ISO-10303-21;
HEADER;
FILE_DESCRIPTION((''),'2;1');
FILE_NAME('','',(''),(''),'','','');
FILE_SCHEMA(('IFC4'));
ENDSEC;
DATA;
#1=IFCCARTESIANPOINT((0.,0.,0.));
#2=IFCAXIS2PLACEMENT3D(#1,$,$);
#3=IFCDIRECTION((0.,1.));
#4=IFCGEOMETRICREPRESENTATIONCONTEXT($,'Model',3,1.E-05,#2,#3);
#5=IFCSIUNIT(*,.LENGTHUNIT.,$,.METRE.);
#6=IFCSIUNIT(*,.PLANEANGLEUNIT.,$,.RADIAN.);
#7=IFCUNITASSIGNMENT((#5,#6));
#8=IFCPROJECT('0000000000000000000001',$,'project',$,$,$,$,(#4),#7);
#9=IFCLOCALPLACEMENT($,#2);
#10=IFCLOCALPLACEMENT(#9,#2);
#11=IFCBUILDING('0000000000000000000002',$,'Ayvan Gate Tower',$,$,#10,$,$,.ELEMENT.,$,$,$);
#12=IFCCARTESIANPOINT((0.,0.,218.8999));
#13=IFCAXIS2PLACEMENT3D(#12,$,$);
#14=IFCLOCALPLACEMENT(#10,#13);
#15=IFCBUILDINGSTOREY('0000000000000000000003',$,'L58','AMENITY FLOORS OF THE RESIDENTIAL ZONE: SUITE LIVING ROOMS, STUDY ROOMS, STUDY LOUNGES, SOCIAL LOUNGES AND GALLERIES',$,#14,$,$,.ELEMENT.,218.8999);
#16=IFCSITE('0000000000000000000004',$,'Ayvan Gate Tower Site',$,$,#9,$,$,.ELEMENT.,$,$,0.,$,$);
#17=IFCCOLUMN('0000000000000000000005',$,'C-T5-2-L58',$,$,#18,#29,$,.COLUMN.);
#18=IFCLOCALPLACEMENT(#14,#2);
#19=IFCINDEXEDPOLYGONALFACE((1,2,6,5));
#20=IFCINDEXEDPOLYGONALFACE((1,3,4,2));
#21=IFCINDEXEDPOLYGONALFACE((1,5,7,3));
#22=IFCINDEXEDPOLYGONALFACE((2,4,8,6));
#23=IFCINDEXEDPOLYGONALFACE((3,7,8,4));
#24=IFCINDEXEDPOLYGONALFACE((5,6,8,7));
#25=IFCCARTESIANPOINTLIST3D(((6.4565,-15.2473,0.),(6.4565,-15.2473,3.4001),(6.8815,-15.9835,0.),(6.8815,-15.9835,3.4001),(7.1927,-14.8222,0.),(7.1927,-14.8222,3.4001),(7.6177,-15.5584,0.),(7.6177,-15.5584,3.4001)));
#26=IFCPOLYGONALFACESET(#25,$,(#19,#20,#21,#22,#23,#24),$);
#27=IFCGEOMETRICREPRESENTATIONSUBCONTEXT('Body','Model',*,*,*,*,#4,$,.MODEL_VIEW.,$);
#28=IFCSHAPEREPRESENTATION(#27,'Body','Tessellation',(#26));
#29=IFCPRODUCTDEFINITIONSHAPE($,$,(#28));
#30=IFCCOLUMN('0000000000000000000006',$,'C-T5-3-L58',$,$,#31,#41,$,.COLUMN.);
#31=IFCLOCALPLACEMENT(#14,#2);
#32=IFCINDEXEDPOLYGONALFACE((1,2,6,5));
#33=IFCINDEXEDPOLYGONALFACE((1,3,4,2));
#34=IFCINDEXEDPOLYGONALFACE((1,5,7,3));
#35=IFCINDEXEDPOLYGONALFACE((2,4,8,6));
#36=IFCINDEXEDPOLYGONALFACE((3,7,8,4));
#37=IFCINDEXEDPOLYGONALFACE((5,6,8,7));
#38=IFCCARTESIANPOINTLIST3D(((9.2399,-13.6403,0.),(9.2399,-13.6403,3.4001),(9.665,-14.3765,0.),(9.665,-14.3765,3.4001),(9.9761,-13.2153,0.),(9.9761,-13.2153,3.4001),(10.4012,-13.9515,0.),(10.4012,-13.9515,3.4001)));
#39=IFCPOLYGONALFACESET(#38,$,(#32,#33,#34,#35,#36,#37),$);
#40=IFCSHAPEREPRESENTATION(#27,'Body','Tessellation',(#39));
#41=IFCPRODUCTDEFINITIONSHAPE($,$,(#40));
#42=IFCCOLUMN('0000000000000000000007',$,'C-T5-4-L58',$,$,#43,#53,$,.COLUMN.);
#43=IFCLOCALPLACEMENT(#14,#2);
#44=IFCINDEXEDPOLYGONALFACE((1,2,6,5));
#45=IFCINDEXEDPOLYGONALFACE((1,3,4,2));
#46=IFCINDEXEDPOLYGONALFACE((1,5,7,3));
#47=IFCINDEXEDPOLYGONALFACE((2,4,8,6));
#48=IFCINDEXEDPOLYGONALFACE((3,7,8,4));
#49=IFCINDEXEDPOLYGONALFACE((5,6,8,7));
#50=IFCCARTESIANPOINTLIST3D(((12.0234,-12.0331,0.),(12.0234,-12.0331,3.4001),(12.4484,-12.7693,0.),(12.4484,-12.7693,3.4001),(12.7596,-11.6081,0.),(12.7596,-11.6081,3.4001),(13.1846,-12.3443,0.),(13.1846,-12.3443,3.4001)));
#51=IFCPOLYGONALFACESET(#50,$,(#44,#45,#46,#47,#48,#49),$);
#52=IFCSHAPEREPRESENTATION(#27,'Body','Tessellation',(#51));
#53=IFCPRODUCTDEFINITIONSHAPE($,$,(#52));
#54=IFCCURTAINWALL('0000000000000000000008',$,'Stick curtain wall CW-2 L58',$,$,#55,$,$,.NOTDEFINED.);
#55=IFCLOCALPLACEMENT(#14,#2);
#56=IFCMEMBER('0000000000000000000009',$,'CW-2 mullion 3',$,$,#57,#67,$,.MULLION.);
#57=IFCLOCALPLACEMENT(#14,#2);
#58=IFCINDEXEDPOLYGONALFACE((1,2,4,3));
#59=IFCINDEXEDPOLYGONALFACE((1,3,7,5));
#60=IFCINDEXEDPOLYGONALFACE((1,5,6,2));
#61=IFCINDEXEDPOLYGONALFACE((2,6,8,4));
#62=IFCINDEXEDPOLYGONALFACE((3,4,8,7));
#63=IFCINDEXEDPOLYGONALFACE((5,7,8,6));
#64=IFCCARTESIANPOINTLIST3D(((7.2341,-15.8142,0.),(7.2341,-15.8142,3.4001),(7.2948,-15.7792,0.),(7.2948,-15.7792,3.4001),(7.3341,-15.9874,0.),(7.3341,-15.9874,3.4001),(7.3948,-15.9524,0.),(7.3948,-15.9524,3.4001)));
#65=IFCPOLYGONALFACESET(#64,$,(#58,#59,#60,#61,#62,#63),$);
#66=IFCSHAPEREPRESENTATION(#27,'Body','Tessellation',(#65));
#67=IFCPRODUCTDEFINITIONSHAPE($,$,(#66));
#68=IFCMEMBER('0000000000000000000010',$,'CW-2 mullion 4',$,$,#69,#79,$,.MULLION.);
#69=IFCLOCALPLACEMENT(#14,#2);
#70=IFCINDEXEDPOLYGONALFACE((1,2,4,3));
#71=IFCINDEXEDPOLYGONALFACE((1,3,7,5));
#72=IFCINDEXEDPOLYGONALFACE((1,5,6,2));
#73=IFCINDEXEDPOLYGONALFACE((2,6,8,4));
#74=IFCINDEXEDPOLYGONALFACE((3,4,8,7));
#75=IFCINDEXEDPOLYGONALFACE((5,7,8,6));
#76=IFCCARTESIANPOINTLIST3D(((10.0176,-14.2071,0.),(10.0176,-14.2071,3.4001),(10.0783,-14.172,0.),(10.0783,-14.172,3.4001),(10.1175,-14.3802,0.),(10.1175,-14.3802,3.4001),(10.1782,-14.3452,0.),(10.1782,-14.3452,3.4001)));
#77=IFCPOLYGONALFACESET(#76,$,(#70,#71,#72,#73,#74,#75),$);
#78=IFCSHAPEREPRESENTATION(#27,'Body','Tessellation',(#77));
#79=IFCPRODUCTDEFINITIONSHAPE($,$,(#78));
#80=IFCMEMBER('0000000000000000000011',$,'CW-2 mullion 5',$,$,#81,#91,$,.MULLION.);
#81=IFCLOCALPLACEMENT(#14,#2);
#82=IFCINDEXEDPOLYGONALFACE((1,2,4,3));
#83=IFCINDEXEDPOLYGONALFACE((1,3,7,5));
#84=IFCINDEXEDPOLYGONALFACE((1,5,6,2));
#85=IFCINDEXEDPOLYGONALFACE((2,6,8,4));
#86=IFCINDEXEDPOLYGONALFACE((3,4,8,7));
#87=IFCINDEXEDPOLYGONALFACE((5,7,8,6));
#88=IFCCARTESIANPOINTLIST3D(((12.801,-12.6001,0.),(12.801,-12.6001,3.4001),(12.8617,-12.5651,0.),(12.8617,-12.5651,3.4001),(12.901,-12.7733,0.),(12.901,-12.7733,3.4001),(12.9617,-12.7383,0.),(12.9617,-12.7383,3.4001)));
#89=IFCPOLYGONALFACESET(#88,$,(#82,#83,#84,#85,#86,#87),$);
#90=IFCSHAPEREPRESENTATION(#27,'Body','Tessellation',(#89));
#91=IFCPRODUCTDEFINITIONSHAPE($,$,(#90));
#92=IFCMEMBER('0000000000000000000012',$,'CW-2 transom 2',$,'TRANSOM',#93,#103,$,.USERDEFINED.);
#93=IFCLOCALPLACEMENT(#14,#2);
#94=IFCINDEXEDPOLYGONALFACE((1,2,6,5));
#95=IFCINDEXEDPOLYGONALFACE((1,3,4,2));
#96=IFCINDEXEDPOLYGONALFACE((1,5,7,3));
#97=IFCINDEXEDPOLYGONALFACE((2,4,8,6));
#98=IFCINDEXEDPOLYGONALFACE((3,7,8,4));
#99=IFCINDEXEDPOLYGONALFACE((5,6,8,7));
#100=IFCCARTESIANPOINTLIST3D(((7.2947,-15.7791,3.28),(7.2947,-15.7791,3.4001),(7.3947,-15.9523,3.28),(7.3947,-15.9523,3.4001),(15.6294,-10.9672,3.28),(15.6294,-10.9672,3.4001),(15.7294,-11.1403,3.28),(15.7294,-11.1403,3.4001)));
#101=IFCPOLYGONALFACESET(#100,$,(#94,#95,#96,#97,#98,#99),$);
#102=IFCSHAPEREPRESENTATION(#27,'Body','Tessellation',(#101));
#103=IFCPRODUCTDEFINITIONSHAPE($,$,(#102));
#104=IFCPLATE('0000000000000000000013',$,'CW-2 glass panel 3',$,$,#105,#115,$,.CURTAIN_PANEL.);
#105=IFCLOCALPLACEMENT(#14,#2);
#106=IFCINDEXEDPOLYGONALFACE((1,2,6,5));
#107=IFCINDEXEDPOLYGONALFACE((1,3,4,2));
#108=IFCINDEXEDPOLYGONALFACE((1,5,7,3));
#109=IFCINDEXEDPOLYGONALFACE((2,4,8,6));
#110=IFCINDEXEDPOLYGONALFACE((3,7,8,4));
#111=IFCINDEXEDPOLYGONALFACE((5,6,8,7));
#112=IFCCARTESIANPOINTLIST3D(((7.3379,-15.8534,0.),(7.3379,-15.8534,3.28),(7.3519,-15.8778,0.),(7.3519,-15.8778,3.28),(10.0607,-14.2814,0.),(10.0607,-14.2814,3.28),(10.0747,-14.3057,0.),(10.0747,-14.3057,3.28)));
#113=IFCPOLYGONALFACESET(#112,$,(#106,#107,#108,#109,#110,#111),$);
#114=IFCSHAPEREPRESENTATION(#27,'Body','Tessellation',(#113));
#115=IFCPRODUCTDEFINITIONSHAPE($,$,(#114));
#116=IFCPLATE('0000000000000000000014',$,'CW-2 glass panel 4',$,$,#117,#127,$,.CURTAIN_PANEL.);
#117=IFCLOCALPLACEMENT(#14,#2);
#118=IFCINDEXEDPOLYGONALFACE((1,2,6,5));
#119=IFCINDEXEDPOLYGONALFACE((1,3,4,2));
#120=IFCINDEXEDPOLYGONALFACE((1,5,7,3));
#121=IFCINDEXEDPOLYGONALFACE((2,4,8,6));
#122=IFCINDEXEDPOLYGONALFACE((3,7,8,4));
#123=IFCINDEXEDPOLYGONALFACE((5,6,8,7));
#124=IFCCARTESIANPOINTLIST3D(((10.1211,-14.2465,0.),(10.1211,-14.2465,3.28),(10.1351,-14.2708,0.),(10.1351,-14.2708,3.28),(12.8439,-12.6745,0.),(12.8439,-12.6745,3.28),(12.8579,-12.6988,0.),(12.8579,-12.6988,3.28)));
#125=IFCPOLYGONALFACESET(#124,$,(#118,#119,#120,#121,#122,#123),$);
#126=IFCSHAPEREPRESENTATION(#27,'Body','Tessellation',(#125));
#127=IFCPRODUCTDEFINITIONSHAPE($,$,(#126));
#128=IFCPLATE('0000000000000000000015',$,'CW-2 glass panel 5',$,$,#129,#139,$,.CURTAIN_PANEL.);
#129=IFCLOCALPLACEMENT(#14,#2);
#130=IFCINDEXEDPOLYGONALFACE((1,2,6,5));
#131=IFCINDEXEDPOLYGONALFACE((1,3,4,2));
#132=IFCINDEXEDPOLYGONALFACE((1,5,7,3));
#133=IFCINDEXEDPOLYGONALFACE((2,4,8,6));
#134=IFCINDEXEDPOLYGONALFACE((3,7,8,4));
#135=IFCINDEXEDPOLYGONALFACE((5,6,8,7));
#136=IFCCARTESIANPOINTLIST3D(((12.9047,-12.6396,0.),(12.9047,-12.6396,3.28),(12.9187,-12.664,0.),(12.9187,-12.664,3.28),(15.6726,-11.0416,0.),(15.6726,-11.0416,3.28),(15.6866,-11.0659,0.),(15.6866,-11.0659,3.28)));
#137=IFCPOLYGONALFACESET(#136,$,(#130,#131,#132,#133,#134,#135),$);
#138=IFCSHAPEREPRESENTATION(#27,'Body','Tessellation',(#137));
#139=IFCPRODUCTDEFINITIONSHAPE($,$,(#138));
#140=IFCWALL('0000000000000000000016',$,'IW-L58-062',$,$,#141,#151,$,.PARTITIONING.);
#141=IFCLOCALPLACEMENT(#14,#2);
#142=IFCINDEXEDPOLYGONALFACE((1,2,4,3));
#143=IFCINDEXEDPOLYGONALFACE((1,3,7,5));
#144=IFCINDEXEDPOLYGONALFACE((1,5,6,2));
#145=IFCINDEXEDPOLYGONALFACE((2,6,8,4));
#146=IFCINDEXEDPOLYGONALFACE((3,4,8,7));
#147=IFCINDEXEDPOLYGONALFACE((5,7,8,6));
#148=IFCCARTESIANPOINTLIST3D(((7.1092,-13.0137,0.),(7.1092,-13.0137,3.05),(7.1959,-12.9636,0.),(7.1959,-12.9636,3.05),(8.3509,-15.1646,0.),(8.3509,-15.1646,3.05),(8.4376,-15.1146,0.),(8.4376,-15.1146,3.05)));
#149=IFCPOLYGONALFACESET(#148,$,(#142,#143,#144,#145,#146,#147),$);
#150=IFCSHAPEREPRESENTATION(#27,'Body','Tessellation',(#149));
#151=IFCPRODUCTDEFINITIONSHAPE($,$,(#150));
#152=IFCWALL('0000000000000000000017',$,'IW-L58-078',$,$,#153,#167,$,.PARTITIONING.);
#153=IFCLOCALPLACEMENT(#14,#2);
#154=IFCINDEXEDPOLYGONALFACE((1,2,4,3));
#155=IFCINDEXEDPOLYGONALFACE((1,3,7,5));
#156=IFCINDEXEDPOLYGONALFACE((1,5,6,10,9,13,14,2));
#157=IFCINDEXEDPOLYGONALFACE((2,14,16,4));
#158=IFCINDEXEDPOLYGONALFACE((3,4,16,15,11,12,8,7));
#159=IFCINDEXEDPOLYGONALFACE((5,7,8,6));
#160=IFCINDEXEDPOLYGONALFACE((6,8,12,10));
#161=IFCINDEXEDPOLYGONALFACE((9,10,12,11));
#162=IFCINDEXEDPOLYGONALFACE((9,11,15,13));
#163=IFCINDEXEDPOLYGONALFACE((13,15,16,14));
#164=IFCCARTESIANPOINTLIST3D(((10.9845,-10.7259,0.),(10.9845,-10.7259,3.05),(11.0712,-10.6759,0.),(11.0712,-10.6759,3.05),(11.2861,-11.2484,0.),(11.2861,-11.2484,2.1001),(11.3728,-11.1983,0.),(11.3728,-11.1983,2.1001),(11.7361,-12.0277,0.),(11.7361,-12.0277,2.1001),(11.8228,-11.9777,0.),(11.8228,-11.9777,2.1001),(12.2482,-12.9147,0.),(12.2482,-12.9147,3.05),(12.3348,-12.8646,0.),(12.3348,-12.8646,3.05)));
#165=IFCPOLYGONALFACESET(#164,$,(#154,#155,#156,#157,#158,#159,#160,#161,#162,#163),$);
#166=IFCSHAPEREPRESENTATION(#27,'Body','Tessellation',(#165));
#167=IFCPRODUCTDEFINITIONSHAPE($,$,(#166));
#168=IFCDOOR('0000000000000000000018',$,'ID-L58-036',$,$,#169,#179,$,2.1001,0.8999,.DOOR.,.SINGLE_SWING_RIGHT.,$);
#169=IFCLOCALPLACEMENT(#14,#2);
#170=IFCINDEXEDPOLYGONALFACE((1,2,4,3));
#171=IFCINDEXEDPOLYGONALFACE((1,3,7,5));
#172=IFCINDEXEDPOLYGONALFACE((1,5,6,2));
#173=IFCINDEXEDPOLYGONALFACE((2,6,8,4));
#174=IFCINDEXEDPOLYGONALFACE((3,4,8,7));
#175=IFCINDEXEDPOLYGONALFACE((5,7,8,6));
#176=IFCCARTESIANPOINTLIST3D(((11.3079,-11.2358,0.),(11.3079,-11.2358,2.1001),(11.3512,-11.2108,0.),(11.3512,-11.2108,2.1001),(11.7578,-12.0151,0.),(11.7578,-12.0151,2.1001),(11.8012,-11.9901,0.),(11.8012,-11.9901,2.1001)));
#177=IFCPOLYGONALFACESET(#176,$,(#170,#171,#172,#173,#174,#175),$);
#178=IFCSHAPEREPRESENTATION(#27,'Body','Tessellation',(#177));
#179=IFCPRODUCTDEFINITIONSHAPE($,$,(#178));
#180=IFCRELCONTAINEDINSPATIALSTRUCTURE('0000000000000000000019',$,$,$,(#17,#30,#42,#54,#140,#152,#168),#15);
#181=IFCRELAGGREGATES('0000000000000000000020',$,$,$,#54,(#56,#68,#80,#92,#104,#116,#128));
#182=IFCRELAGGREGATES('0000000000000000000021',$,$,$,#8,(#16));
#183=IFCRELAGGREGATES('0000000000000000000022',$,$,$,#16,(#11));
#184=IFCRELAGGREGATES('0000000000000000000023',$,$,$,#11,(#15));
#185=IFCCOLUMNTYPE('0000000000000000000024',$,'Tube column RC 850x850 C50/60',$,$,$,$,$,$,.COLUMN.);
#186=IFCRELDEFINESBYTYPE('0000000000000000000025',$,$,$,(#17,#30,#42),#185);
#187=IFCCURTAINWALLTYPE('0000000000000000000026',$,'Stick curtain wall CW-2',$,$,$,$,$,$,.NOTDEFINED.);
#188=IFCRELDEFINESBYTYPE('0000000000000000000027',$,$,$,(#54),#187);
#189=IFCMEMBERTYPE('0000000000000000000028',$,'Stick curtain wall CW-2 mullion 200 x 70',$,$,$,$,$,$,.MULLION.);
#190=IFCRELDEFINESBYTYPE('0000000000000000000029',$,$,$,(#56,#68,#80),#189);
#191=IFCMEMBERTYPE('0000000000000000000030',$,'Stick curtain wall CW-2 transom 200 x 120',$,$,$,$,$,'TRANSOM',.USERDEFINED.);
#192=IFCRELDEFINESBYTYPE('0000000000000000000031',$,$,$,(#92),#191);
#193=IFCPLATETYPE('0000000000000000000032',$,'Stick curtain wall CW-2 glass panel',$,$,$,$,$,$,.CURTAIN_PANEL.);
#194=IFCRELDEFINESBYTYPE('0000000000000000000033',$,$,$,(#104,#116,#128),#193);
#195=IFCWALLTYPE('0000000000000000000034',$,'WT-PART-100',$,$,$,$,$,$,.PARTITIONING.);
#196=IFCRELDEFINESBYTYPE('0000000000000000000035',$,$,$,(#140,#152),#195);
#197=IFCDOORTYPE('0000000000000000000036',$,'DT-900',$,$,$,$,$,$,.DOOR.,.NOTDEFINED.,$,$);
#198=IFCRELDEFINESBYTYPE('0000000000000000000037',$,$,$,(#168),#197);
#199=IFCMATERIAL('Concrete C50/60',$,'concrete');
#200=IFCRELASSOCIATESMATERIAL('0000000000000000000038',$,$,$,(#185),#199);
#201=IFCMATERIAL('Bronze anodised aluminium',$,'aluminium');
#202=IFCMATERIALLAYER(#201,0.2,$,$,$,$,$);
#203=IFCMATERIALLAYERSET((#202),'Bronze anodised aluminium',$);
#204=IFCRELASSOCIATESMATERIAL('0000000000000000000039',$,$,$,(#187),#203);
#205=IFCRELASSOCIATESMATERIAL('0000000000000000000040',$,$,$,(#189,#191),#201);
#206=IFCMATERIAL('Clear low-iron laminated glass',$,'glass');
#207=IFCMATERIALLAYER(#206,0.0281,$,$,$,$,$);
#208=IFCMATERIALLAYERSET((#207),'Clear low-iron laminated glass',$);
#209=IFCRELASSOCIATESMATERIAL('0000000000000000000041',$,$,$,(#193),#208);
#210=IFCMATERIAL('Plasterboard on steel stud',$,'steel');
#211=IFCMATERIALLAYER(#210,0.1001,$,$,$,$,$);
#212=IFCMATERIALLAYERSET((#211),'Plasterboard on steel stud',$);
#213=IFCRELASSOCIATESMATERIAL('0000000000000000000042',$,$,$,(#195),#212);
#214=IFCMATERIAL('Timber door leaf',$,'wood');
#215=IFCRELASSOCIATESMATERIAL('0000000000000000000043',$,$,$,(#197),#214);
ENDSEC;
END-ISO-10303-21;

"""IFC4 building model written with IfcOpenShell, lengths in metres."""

from ifc_helpers import new_model, si_unit, direction, frame, frame_2d, origin, origin_2d, place, context, subcontext, project, spatial, rectangle, extrude, material, layer, layer_set, material_profile, profile_set, type_object, element, fill, aggregate, save


model = new_model("IFC4")

# Units and contexts
model_context = context("Model", 3, precision=1e-05, world=origin(), true_north=direction((0.0, 1.0)))
body_context = subcontext(model_context, "Body", "Model", "MODEL_VIEW")
ifc_project = project(units=[si_unit("LENGTHUNIT", "METRE"), si_unit("PLANEANGLEUNIT", "RADIAN")], contexts=[model_context])

# Site, building, storey
site_placement = place(None, origin())
site = spatial("IfcSite", under=ifc_project, at=site_placement, Name="Ayvan Gate Tower Site", CompositionType="ELEMENT", RefElevation=0.0)
building_placement = place(site_placement, origin())
building = spatial("IfcBuilding", under=site, at=building_placement, Name="Ayvan Gate Tower", CompositionType="ELEMENT")
storey_placement = place(building_placement, frame((0.0, 0.0, 218.8999)))
storey = spatial("IfcBuildingStorey", under=building, at=storey_placement, Name="L58", Description="AMENITY FLOORS OF THE RESIDENTIAL ZONE: SUITE LIVING ROOMS, STUDY ROOMS, STUDY LOUNGES, SOCIAL LOUNGES AND GALLERIES", CompositionType="ELEMENT", Elevation=218.8999)

# Columns
ifc_material_1 = material(Name="Concrete C50/60", Category="concrete")
ifc_material_profile_1 = material_profile(ifc_material_1, rectangle(XDim=0.8501, YDim=0.8501, at=origin_2d()), Name="RC 850x850")
ifc_profile_set_1 = profile_set([ifc_material_profile_1], Name="Concrete C50/60")
column_type = type_object("IfcColumnType", Name="Tube column RC 850x850 C50/60", PredefinedType="COLUMN", material=ifc_profile_set_1)
for number, where, z_axis, x_axis, name in (
    (1, (7.0371, -15.4028, 0.0), (0.0, 0.0, 1.0), (0.5, -0.866025, 0.0), "C-T5-2-L58"),
    (2, (9.8206, -13.7959, 0.0), (0.0, 0.0, 1.0), (0.5, -0.866025, 0.0), "C-T5-3-L58"),
    (3, (12.604, -12.1887, 0.0), (0.0, 0.0, 1.0), (0.5, -0.866025, 0.0), "C-T5-4-L58"),
):
    element("IfcColumn", number, at=place(storey_placement, frame(where, z_axis=z_axis, x_axis=x_axis)), inside=storey, type_object=column_type, Name=name, PredefinedType="COLUMN", context=body_context, shape_type="SweptSolid", body=[
        extrude(rectangle(XDim=0.8501, YDim=0.8501, at=origin_2d()), origin(), (0.0, 0.0, 1.0), 3.4001),
    ])

# Curtain wall, members, plates
ifc_material_2 = material(Name="Bronze anodised aluminium", Category="aluminium")
ifc_layer_1 = layer(ifc_material_2, 0.2)
ifc_layer_set_1 = layer_set([ifc_layer_1], Name="Bronze anodised aluminium")
curtain_wall_type = type_object("IfcCurtainWallType", Name="Stick curtain wall CW-2", PredefinedType="NOTDEFINED", material=ifc_layer_set_1)
curtain_wall_placement = place(storey_placement, origin())
curtain_wall = element("IfcCurtainWall", 4, at=curtain_wall_placement, inside=storey, type_object=curtain_wall_type, Name="Stick curtain wall CW-2 L58", PredefinedType="NOTDEFINED")
ifc_material_profile_2 = material_profile(ifc_material_2, rectangle(XDim=0.2, YDim=0.0701, at=origin_2d()), Name="Stick curtain wall CW-2 mullion 200 x 70")
ifc_profile_set_2 = profile_set([ifc_material_profile_2], Name="Bronze anodised aluminium")
member_type_1 = type_object("IfcMemberType", Name="Stick curtain wall CW-2 mullion 200 x 70", PredefinedType="MULLION", material=ifc_profile_set_2)
member_1_placement = place(storey_placement, frame((7.3145, -15.8833, 0.0), z_axis=(0.0, 0.0, 1.0), x_axis=(0.5, -0.866025, 0.0)))
member_1 = element("IfcMember", 5, at=member_1_placement, type_object=member_type_1, Name="CW-2 mullion 3", PredefinedType="MULLION", context=body_context, shape_type="SweptSolid", body=[
    extrude(rectangle(XDim=0.2, YDim=0.0701, at=origin_2d()), origin(), (0.0, 0.0, 1.0), 3.4001),
])
member_2_placement = place(storey_placement, frame((10.0979, -14.2761, 0.0), z_axis=(0.0, 0.0, 1.0), x_axis=(0.5, -0.866025, 0.0)))
member_2 = element("IfcMember", 6, at=member_2_placement, type_object=member_type_1, Name="CW-2 mullion 4", PredefinedType="MULLION", context=body_context, shape_type="SweptSolid", body=[
    extrude(rectangle(XDim=0.2, YDim=0.0701, at=origin_2d()), origin(), (0.0, 0.0, 1.0), 3.4001),
])
member_3_placement = place(storey_placement, frame((12.8813, -12.6692, 0.0), z_axis=(0.0, 0.0, 1.0), x_axis=(0.5, -0.866025, 0.0)))
member_3 = element("IfcMember", 7, at=member_3_placement, type_object=member_type_1, Name="CW-2 mullion 5", PredefinedType="MULLION", context=body_context, shape_type="SweptSolid", body=[
    extrude(rectangle(XDim=0.2, YDim=0.0701, at=origin_2d()), origin(), (0.0, 0.0, 1.0), 3.4001),
])
ifc_material_profile_3 = material_profile(ifc_material_2, rectangle(XDim=0.2, YDim=0.1201, at=origin_2d()), Name="Stick curtain wall CW-2 transom 200 x 120")
ifc_profile_set_3 = profile_set([ifc_material_profile_3], Name="Bronze anodised aluminium")
member_type_2 = type_object("IfcMemberType", Name="Stick curtain wall CW-2 transom 200 x 120", ElementType="TRANSOM", PredefinedType="USERDEFINED", material=ifc_profile_set_3)
member_4_placement = place(storey_placement, frame((7.3447, -15.8657, 3.3401), z_axis=(0.866027, 0.499997, 0.0), x_axis=(-0.499997, 0.866027, 0.0)))
member_4 = element("IfcMember", 8, at=member_4_placement, type_object=member_type_2, Name="CW-2 transom 2", ObjectType="TRANSOM", PredefinedType="USERDEFINED", context=body_context, shape_type="SweptSolid", body=[
    extrude(rectangle(XDim=0.2, YDim=0.1201, at=origin_2d()), origin(), (0.0, 0.0, 1.0), 9.624),
])
ifc_material_3 = material(Name="Clear low-iron laminated glass", Category="glass")
ifc_layer_2 = layer(ifc_material_3, 0.0281)
ifc_layer_set_2 = layer_set([ifc_layer_2], Name="Clear low-iron laminated glass")
plate_type = type_object("IfcPlateType", Name="Stick curtain wall CW-2 glass panel", PredefinedType="CURTAIN_PANEL", material=ifc_layer_set_2)
plate_1_placement = place(storey_placement, frame((8.7063, -15.0796, 0.0), z_axis=(0.0, 0.0, 1.0), x_axis=(0.866025, 0.5, 0.0)))
plate_1 = element("IfcPlate", 9, at=plate_1_placement, type_object=plate_type, Name="CW-2 glass panel 3", PredefinedType="CURTAIN_PANEL", context=body_context, shape_type="SweptSolid", body=[
    extrude(rectangle(XDim=3.144, YDim=0.0281, at=origin_2d()), origin(), (0.0, 0.0, 1.0), 3.28),
])
plate_2_placement = place(storey_placement, frame((11.4895, -13.4727, 0.0), z_axis=(0.0, 0.0, 1.0), x_axis=(0.866025, 0.5, 0.0)))
plate_2 = element("IfcPlate", 10, at=plate_2_placement, type_object=plate_type, Name="CW-2 glass panel 4", PredefinedType="CURTAIN_PANEL", context=body_context, shape_type="SweptSolid", body=[
    extrude(rectangle(XDim=3.144, YDim=0.0281, at=origin_2d()), origin(), (0.0, 0.0, 1.0), 3.28),
])
plate_3_placement = place(storey_placement, frame((14.2957, -11.8528, 0.0), z_axis=(0.0, 0.0, 1.0), x_axis=(0.866025, 0.5, 0.0)))
plate_3 = element("IfcPlate", 11, at=plate_3_placement, type_object=plate_type, Name="CW-2 glass panel 5", PredefinedType="CURTAIN_PANEL", context=body_context, shape_type="SweptSolid", body=[
    extrude(rectangle(XDim=3.196, YDim=0.0281, at=origin_2d()), origin(), (0.0, 0.0, 1.0), 3.28),
])
aggregate(curtain_wall, [member_1, member_2, member_3, member_4, plate_1, plate_2, plate_3])

# Wall
ifc_material_4 = material(Name="Plasterboard on steel stud", Category="steel")
ifc_layer_3 = layer(ifc_material_4, 0.1001)
ifc_layer_set_3 = layer_set([ifc_layer_3], Name="Plasterboard on steel stud")
wall_type = type_object("IfcWallType", Name="WT-PART-100", PredefinedType="PARTITIONING", material=ifc_layer_set_3)
wall_1_placement = place(storey_placement, frame((7.1526, -12.9888, 0.0), z_axis=(0.0, 0.0, 1.0), x_axis=(0.499966, -0.866045, 0.0)))
element("IfcWall", 12, at=wall_1_placement, inside=storey, type_object=wall_type, Name="IW-L58-062", PredefinedType="PARTITIONING", context=body_context, shape_type="SweptSolid", body=[
    extrude(rectangle(XDim=2.4836, YDim=0.1001, at=frame_2d((1.2417, 0.0))), origin(), (0.0, 0.0, 1.0), 3.05),
])

# Wall, opening, door
wall_2_placement = place(storey_placement, frame((12.2915, -12.8896, 0.0), z_axis=(0.0, 0.0, 1.0), x_axis=(-0.500004, 0.866023, 0.0)))
wall_2 = element("IfcWall", 13, at=wall_2_placement, inside=storey, type_object=wall_type, Name="IW-L58-078", PredefinedType="PARTITIONING", context=body_context, shape_type="SweptSolid", body=[
    extrude(rectangle(XDim=2.5273, YDim=0.1001, at=frame_2d((1.2637, 0.0))), origin(), (0.0, 0.0, 1.0), 3.05),
])
opening_placement = place(wall_2_placement, frame((1.0242, 0.0, 0.0)))
opening = element("IfcOpeningElement", 14, at=opening_placement, cuts=wall_2, PredefinedType="OPENING", context=body_context, shape_type="SweptSolid", body=[
    extrude(rectangle(XDim=0.8999, YDim=2.1001, at=frame_2d((0.45, 1.05))), frame((0.0, 0.0601, 0.0), z_axis=(0.0, -1.0, 0.0), x_axis=(1.0, 0.0, 0.0)), (0.0, 0.0, 1.0), 0.1201),
])
ifc_material_5 = material(Name="Timber door leaf", Category="wood")
door_type = type_object("IfcDoorType", Name="DT-900", OperationType="NOTDEFINED", PredefinedType="DOOR", material=ifc_material_5)
door_placement = place(opening_placement, origin())
door = element("IfcDoor", 15, at=door_placement, inside=storey, type_object=door_type, Name="ID-L58-036", OperationType="SINGLE_SWING_RIGHT", OverallHeight=2.1001, OverallWidth=0.8999, PredefinedType="DOOR", context=body_context, shape_type="SweptSolid", body=[
    extrude(rectangle(XDim=0.8999, YDim=2.1001, at=frame_2d((0.45, 1.05))), frame((0.0, 0.0249, 0.0), z_axis=(0.0, -1.0, 0.0), x_axis=(1.0, 0.0, 0.0)), (0.0, 0.0, 1.0), 0.05),
])
fill(opening, door)

save(model, "model.ifc")
